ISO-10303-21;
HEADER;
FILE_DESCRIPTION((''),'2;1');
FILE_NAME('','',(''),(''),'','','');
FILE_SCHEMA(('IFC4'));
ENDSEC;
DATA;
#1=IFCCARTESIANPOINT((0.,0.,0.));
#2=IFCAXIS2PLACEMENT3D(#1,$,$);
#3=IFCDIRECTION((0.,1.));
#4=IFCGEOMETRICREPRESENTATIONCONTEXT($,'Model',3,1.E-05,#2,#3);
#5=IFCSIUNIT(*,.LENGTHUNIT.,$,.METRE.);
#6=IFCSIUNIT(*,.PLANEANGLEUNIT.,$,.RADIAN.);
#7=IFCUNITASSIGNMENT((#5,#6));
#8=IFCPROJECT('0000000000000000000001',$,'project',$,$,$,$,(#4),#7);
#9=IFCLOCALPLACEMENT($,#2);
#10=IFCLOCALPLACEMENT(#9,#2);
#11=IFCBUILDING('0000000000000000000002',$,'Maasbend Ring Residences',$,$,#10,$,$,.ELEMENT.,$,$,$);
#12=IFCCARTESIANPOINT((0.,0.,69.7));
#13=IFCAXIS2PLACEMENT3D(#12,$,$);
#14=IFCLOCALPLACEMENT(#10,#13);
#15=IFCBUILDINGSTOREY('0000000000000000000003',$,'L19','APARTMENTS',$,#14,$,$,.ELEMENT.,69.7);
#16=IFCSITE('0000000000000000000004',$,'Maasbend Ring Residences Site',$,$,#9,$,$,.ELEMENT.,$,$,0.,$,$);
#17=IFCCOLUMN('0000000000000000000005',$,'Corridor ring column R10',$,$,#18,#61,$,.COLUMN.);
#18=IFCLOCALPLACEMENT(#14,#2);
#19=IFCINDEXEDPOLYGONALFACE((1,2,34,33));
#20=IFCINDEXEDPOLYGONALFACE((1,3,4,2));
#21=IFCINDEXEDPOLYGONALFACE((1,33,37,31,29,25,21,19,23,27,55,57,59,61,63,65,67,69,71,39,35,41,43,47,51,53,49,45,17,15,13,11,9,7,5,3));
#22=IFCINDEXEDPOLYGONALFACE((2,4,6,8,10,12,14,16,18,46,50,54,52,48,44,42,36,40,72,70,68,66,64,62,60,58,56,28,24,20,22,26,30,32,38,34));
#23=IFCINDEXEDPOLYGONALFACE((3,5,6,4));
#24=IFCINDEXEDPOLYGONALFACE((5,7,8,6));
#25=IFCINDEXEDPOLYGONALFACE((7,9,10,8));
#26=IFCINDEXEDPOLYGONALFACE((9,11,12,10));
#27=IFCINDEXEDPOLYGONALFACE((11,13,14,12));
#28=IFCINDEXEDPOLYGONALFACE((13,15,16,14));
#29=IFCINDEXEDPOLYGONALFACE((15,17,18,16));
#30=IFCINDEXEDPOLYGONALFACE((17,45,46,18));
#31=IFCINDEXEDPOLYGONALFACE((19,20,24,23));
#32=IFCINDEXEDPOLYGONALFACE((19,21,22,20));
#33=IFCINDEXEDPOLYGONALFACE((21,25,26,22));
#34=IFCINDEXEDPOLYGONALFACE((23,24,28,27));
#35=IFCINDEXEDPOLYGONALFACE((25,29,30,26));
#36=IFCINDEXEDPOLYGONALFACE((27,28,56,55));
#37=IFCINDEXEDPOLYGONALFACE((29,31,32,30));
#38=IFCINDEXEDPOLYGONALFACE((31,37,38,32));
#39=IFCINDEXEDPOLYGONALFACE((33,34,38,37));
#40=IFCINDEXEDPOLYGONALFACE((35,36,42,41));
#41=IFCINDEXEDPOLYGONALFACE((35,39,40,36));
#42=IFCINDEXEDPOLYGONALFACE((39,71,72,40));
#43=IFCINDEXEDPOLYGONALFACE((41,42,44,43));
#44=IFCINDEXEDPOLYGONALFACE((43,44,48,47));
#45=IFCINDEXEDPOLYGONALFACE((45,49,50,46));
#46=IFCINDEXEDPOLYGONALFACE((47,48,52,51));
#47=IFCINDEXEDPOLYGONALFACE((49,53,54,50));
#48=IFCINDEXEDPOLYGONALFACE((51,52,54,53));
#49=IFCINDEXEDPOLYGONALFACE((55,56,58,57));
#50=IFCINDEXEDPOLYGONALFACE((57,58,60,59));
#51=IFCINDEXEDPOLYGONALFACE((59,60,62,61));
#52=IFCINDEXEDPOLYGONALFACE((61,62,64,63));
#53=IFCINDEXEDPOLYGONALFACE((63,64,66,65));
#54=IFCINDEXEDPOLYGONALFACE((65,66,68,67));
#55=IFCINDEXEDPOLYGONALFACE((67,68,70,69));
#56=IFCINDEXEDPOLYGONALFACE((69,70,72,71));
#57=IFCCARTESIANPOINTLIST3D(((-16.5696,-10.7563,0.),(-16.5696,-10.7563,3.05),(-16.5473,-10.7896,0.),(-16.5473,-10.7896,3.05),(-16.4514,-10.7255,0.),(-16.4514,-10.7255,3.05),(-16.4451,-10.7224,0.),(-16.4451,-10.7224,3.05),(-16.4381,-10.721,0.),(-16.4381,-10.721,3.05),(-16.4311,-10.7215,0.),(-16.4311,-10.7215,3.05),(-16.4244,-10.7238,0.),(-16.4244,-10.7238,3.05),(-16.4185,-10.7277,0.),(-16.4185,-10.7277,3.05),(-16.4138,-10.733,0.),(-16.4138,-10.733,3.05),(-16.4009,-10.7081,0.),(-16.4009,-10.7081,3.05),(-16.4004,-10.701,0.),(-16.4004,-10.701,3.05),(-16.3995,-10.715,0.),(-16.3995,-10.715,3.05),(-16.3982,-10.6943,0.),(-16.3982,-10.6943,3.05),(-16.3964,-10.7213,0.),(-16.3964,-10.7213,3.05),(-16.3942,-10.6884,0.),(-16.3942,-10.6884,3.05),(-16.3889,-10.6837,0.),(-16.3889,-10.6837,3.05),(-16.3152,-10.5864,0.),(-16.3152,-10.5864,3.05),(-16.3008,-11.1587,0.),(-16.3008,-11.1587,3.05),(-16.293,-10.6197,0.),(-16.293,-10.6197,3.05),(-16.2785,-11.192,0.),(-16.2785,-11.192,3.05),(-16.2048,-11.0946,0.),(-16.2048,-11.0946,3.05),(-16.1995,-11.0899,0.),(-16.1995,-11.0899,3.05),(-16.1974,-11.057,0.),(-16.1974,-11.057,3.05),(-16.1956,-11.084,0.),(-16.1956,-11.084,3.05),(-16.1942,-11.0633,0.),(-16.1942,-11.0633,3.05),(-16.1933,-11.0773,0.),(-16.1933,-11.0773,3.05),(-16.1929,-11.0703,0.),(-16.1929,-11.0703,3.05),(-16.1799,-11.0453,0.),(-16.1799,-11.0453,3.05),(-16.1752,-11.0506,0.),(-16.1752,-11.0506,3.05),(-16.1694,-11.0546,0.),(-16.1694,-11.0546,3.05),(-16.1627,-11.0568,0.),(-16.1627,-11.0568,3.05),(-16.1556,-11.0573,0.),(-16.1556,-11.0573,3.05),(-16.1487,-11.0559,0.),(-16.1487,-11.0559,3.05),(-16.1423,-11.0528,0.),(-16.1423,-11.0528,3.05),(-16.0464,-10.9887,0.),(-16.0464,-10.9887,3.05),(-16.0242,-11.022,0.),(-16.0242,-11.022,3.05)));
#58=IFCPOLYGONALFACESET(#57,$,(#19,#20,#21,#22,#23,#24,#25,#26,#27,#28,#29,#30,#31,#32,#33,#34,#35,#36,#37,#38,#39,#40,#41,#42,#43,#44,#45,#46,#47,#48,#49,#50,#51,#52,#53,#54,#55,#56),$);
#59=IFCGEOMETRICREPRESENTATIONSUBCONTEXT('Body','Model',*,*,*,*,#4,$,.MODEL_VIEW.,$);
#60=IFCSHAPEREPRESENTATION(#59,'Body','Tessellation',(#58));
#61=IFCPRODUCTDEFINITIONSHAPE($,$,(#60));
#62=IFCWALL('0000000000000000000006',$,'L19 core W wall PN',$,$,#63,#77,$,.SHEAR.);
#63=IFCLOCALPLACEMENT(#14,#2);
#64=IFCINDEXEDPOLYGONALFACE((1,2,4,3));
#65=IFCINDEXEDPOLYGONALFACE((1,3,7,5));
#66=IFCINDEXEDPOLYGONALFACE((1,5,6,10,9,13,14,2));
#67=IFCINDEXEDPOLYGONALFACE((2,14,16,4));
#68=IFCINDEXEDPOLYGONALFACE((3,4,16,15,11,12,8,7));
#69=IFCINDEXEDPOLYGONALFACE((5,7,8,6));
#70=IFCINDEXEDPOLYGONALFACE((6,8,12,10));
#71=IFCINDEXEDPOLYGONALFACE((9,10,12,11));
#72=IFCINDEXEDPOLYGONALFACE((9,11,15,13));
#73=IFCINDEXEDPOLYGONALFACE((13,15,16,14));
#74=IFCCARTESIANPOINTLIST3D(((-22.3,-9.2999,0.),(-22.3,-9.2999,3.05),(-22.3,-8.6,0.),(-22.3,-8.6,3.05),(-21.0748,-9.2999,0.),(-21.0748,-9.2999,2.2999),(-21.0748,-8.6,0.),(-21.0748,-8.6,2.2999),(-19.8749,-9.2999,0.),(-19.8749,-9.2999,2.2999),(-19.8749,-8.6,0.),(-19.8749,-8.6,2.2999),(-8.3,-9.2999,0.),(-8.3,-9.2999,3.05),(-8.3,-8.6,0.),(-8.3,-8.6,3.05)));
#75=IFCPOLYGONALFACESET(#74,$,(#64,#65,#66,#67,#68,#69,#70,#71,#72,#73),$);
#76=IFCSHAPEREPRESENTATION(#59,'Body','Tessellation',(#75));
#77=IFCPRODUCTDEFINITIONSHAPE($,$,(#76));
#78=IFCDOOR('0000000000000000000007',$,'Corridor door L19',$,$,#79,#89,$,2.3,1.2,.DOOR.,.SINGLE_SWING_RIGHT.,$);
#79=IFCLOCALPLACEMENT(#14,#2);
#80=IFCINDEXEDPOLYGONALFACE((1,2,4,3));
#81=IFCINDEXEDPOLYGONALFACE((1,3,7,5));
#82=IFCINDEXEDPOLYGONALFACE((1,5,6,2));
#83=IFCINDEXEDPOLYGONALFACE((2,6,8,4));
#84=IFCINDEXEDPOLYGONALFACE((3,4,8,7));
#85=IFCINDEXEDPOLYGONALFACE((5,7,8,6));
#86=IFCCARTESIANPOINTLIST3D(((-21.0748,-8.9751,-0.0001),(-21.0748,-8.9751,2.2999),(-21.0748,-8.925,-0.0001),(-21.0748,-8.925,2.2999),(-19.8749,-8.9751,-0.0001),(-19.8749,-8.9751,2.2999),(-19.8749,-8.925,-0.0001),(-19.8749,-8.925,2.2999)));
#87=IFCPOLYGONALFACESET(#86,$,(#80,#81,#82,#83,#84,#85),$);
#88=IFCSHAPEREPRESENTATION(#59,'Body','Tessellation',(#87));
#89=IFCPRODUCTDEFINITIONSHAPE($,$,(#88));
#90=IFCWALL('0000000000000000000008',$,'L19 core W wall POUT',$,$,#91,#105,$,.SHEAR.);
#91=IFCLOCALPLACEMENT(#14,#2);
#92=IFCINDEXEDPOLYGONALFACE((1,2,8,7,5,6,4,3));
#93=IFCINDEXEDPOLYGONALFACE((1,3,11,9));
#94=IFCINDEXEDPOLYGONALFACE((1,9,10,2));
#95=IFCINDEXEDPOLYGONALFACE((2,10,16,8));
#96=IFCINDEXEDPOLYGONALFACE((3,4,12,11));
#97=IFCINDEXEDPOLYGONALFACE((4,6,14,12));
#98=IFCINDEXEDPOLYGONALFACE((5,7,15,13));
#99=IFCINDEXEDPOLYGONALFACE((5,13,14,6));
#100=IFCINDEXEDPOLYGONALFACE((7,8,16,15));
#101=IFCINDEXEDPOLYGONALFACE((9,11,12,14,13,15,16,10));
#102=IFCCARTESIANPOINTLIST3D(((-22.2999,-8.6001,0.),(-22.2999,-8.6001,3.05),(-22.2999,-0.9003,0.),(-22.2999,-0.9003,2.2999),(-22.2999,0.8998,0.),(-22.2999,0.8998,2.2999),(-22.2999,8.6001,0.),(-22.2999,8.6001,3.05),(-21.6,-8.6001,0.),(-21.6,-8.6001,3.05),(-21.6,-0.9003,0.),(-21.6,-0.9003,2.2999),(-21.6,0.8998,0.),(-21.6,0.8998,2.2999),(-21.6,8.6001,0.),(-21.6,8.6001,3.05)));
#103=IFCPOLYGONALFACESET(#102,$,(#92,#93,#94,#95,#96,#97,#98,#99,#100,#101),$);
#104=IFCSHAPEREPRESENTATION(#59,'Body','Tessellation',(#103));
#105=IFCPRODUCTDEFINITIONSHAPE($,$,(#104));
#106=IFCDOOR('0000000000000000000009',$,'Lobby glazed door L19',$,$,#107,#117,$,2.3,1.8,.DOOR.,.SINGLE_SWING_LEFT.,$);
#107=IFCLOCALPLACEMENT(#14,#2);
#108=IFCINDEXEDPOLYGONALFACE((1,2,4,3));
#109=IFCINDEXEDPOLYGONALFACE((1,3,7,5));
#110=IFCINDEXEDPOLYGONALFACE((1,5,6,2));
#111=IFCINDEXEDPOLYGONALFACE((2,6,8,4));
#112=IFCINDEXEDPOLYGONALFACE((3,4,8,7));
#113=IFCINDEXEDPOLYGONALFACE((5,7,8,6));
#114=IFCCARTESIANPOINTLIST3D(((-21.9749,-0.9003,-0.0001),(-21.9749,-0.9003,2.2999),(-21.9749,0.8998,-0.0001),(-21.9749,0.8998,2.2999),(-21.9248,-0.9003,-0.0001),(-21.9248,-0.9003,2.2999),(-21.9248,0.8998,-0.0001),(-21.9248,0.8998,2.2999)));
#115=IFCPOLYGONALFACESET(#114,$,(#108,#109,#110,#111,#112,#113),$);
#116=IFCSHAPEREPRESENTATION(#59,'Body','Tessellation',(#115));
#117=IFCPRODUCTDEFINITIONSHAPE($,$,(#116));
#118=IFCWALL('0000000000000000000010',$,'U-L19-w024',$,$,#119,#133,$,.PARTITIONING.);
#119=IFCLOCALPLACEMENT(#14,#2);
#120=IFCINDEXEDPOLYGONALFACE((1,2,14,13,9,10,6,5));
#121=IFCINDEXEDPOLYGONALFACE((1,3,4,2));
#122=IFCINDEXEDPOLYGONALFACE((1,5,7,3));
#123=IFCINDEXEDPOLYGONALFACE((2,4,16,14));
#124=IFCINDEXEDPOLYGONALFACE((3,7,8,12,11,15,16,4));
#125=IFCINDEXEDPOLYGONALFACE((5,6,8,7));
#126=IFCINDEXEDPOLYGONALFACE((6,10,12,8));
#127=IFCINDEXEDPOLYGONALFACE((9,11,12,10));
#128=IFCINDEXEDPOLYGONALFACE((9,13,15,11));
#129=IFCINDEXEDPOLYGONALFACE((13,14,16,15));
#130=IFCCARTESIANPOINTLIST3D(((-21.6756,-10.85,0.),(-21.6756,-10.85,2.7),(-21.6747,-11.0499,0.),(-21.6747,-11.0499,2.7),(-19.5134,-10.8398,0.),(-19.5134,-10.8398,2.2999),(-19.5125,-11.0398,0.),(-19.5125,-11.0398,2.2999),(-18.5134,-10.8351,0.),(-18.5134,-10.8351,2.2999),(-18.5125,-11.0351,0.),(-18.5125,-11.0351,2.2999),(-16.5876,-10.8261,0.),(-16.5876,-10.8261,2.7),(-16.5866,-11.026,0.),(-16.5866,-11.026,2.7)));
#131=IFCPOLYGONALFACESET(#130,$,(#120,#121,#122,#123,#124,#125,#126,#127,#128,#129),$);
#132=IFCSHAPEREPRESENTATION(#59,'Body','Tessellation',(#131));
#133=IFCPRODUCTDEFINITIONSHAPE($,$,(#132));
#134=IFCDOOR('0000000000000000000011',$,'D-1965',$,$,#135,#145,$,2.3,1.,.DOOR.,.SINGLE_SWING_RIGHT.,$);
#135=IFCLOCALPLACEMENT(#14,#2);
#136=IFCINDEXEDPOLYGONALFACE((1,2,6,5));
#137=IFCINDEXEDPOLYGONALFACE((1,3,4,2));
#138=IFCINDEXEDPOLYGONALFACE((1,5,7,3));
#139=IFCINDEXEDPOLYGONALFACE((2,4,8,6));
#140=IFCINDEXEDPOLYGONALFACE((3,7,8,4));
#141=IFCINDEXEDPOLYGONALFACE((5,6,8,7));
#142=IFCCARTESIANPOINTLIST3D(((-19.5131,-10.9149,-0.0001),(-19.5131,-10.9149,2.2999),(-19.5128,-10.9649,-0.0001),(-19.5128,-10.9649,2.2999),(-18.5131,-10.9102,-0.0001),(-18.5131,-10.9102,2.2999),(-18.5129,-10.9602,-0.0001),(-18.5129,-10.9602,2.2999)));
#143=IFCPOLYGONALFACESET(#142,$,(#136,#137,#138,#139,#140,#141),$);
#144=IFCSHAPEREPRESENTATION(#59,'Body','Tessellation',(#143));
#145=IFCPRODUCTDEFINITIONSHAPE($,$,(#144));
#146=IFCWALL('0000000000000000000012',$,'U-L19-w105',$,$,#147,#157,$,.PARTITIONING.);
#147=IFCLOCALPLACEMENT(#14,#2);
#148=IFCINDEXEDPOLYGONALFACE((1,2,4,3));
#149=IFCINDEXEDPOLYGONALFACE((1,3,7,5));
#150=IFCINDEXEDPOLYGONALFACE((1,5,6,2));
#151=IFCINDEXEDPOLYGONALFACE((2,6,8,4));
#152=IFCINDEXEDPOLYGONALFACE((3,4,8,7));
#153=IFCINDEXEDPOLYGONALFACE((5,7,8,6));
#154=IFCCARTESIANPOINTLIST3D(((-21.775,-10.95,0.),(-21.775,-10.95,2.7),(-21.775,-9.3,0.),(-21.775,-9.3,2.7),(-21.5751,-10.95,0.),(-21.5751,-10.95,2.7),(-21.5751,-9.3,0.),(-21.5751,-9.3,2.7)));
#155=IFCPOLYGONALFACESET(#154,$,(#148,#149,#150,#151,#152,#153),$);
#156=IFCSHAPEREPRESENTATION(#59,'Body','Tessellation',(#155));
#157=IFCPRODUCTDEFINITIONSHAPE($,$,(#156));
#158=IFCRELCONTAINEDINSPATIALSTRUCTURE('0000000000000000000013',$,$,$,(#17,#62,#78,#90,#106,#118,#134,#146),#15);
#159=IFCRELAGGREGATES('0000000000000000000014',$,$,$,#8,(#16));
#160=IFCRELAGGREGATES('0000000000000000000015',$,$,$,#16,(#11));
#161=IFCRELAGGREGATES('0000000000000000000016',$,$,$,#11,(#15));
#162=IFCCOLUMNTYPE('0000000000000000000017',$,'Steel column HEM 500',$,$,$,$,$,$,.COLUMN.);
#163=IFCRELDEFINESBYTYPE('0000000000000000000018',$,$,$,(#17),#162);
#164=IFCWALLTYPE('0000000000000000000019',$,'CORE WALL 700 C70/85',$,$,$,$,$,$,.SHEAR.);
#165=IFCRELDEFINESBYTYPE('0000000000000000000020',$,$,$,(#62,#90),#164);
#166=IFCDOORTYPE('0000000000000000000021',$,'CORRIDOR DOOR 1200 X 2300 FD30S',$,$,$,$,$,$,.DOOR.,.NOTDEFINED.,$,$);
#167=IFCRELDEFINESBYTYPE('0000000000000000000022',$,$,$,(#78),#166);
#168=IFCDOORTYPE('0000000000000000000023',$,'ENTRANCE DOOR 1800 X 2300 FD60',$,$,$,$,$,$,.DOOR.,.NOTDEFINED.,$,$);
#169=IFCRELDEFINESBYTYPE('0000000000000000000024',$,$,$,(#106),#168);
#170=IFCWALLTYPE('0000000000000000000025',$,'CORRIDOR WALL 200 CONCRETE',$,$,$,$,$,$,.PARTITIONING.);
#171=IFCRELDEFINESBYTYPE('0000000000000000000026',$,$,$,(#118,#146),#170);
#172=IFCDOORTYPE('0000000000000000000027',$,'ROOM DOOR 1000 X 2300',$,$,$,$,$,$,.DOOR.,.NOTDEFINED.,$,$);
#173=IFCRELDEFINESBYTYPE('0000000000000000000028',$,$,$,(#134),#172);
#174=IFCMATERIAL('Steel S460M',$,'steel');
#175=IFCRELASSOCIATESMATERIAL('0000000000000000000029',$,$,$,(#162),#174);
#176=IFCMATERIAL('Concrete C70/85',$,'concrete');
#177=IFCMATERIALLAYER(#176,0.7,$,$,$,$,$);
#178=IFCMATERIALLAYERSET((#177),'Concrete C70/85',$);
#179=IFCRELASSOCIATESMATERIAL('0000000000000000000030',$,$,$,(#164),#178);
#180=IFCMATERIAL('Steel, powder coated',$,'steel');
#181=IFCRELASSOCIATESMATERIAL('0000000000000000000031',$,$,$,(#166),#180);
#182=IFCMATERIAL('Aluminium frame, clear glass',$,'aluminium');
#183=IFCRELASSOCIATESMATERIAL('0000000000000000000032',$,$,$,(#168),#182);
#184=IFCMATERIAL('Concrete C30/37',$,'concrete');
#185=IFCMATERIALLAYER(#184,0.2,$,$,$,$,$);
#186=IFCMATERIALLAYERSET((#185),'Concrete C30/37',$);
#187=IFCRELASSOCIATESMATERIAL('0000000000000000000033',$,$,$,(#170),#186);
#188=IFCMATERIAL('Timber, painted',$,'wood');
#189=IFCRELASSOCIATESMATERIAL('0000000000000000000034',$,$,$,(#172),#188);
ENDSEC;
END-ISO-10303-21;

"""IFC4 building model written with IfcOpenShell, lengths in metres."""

from ifc_helpers import new_model, si_unit, direction, frame, frame_2d, origin, origin_2d, place, context, subcontext, project, spatial, rectangle, i_section, extrude, material, layer, layer_set, material_profile, profile_set, type_object, element, fill, save


model = new_model("IFC4")

# Units and contexts
model_context = context("Model", 3, precision=1e-05, world=origin(), true_north=direction((0.0, 1.0)))
body_context = subcontext(model_context, "Body", "Model", "MODEL_VIEW")
ifc_project = project(units=[si_unit("LENGTHUNIT", "METRE"), si_unit("PLANEANGLEUNIT", "RADIAN")], contexts=[model_context])

# Site, building, storey
site_placement = place(None, origin())
site = spatial("IfcSite", under=ifc_project, at=site_placement, Name="Maasbend Ring Residences Site", CompositionType="ELEMENT", RefElevation=0.0)
building_placement = place(site_placement, origin())
building = spatial("IfcBuilding", under=site, at=building_placement, Name="Maasbend Ring Residences", CompositionType="ELEMENT")
storey_placement = place(building_placement, frame((0.0, 0.0, 69.7)))
storey = spatial("IfcBuildingStorey", under=building, at=storey_placement, Name="L19", Description="APARTMENTS", CompositionType="ELEMENT", Elevation=69.7)

# Column
ifc_material_1 = material(Name="Steel S460M", Category="steel")
ifc_material_profile = material_profile(ifc_material_1, i_section(OverallWidth=0.3059, OverallDepth=0.5239, WebThickness=0.021, FlangeThickness=0.04, FilletRadius=0.0271, at=origin_2d()), Name="HEM 500")
ifc_profile_set = profile_set([ifc_material_profile], Name="Steel S460M")
column_type = type_object("IfcColumnType", Name="Steel column HEM 500", PredefinedType="COLUMN", material=ifc_profile_set)
column_placement = place(storey_placement, frame((-16.2969, -10.8892, 0.0), z_axis=(0.0, 0.0, 1.0), x_axis=(-0.83147, -0.55557, 0.0)))
element("IfcColumn", 1, at=column_placement, inside=storey, type_object=column_type, Name="Corridor ring column R10", PredefinedType="COLUMN", context=body_context, shape_type="SweptSolid", body=[
    extrude(i_section(OverallWidth=0.3059, OverallDepth=0.5239, WebThickness=0.021, FlangeThickness=0.04, FilletRadius=0.0271, at=origin_2d()), origin(), (0.0, 0.0, 1.0), 3.05),
])

# Walls, openings, doors
ifc_material_2 = material(Name="Concrete C70/85", Category="concrete")
ifc_layer_1 = layer(ifc_material_2, 0.7)
ifc_layer_set_1 = layer_set([ifc_layer_1], Name="Concrete C70/85")
wall_type_1 = type_object("IfcWallType", Name="CORE WALL 700 C70/85", PredefinedType="SHEAR", material=ifc_layer_set_1)
wall_1_placement = place(storey_placement, frame((-22.3, -8.95, 0.0), z_axis=(0.0, 0.0, 1.0), x_axis=(1.0, 0.0, 0.0)))
wall_1 = element("IfcWall", 2, at=wall_1_placement, inside=storey, type_object=wall_type_1, Name="L19 core W wall PN", PredefinedType="SHEAR", context=body_context, shape_type="SweptSolid", body=[
    extrude(rectangle(XDim=14.0, YDim=0.7, at=frame_2d((7.0, 0.0))), origin(), (0.0, 0.0, 1.0), 3.05),
])
opening_1_placement = place(wall_1_placement, frame((1.2251, 0.0, 0.0)))
opening_1 = element("IfcOpeningElement", 3, at=opening_1_placement, cuts=wall_1, PredefinedType="OPENING", context=body_context, shape_type="SweptSolid", body=[
    extrude(rectangle(XDim=1.2, YDim=2.3, at=frame_2d((0.6001, 1.1499))), frame((0.0, 0.3599, 0.0), z_axis=(0.0, -1.0, 0.0), x_axis=(1.0, 0.0, 0.0)), (0.0, 0.0, 1.0), 0.72),
])
ifc_material_3 = material(Name="Steel, powder coated", Category="steel")
door_type_1 = type_object("IfcDoorType", Name="CORRIDOR DOOR 1200 X 2300 FD30S", OperationType="NOTDEFINED", PredefinedType="DOOR", material=ifc_material_3)
door_1_placement = place(opening_1_placement, origin())
door_1 = element("IfcDoor", 4, at=door_1_placement, inside=storey, type_object=door_type_1, Name="Corridor door L19", OperationType="SINGLE_SWING_RIGHT", OverallHeight=2.3, OverallWidth=1.2, PredefinedType="DOOR", context=body_context, shape_type="SweptSolid", body=[
    extrude(rectangle(XDim=1.2, YDim=2.3, at=frame_2d((0.6001, 1.1499))), frame((0.0, 0.0249, 0.0), z_axis=(0.0, -1.0, 0.0), x_axis=(1.0, 0.0, 0.0)), (0.0, 0.0, 1.0), 0.05),
])
fill(opening_1, door_1)
wall_2_placement = place(storey_placement, frame((-21.95, -8.6001, 0.0), z_axis=(0.0, 0.0, 1.0), x_axis=(0.0, 1.0, 0.0)))
wall_2 = element("IfcWall", 5, at=wall_2_placement, inside=storey, type_object=wall_type_1, Name="L19 core W wall POUT", PredefinedType="SHEAR", context=body_context, shape_type="SweptSolid", body=[
    extrude(rectangle(XDim=17.2002, YDim=0.7, at=frame_2d((8.6001, 0.0))), origin(), (0.0, 0.0, 1.0), 3.05),
])
opening_2_placement = place(wall_2_placement, frame((7.7, 0.0, 0.0)))
opening_2 = element("IfcOpeningElement", 6, at=opening_2_placement, cuts=wall_2, PredefinedType="OPENING", context=body_context, shape_type="SweptSolid", body=[
    extrude(rectangle(XDim=1.8, YDim=2.3, at=frame_2d((0.8999, 1.1499))), frame((0.0, 0.3599, 0.0), z_axis=(0.0, -1.0, 0.0), x_axis=(1.0, 0.0, 0.0)), (0.0, 0.0, 1.0), 0.72),
])
ifc_material_4 = material(Name="Aluminium frame, clear glass", Category="aluminium")
door_type_2 = type_object("IfcDoorType", Name="ENTRANCE DOOR 1800 X 2300 FD60", OperationType="NOTDEFINED", PredefinedType="DOOR", material=ifc_material_4)
door_2_placement = place(opening_2_placement, origin())
door_2 = element("IfcDoor", 7, at=door_2_placement, inside=storey, type_object=door_type_2, Name="Lobby glazed door L19", OperationType="SINGLE_SWING_LEFT", OverallHeight=2.3, OverallWidth=1.8, PredefinedType="DOOR", context=body_context, shape_type="SweptSolid", body=[
    extrude(rectangle(XDim=1.8, YDim=2.3, at=frame_2d((0.8999, 1.1499))), frame((0.0, 0.0249, 0.0), z_axis=(0.0, -1.0, 0.0), x_axis=(1.0, 0.0, 0.0)), (0.0, 0.0, 1.0), 0.05),
])
fill(opening_2, door_2)
ifc_material_5 = material(Name="Concrete C30/37", Category="concrete")
ifc_layer_2 = layer(ifc_material_5, 0.2)
ifc_layer_set_2 = layer_set([ifc_layer_2], Name="Concrete C30/37")
wall_type_2 = type_object("IfcWallType", Name="CORRIDOR WALL 200 CONCRETE", PredefinedType="PARTITIONING", material=ifc_layer_set_2)
wall_3_placement = place(storey_placement, frame((-21.675, -10.95, 0.0), z_axis=(0.0, 0.0, 1.0), x_axis=(0.999989, 0.004702, 0.0)))
wall_3 = element("IfcWall", 8, at=wall_3_placement, inside=storey, type_object=wall_type_2, Name="U-L19-w024", PredefinedType="PARTITIONING", context=body_context, shape_type="SweptSolid", body=[
    extrude(rectangle(XDim=5.0881, YDim=0.2, at=frame_2d((2.5439, 0.0))), origin(), (0.0, 0.0, 1.0), 2.7),
])
opening_3_placement = place(wall_3_placement, frame((2.1621, 0.0, 0.0)))
opening_3 = element("IfcOpeningElement", 9, at=opening_3_placement, cuts=wall_3, PredefinedType="OPENING", context=body_context, shape_type="SweptSolid", body=[
    extrude(rectangle(XDim=1.0, YDim=2.3, at=frame_2d((0.5, 1.1499))), frame((0.0, 0.1099, 0.0), z_axis=(0.0, -1.0, 0.0), x_axis=(1.0, 0.0, 0.0)), (0.0, 0.0, 1.0), 0.22),
])
ifc_material_6 = material(Name="Timber, painted", Category="wood")
door_type_3 = type_object("IfcDoorType", Name="ROOM DOOR 1000 X 2300", OperationType="NOTDEFINED", PredefinedType="DOOR", material=ifc_material_6)
door_3_placement = place(opening_3_placement, origin())
door_3 = element("IfcDoor", 10, at=door_3_placement, inside=storey, type_object=door_type_3, Name="D-1965", OperationType="SINGLE_SWING_RIGHT", OverallHeight=2.3, OverallWidth=1.0, PredefinedType="DOOR", context=body_context, shape_type="SweptSolid", body=[
    extrude(rectangle(XDim=1.0, YDim=2.3, at=frame_2d((0.5, 1.1499))), frame((0.0, 0.0249, 0.0), z_axis=(0.0, -1.0, 0.0), x_axis=(1.0, 0.0, 0.0)), (0.0, 0.0, 1.0), 0.05),
])
fill(opening_3, door_3)

# Wall
wall_4_placement = place(storey_placement, frame((-21.675, -10.95, 0.0), z_axis=(0.0, 0.0, 1.0), x_axis=(0.0, 1.0, 0.0)))
element("IfcWall", 11, at=wall_4_placement, inside=storey, type_object=wall_type_2, Name="U-L19-w105", PredefinedType="PARTITIONING", context=body_context, shape_type="SweptSolid", body=[
    extrude(rectangle(XDim=1.6499, YDim=0.2, at=frame_2d((0.825, 0.0))), origin(), (0.0, 0.0, 1.0), 2.7),
])

save(model, "model.ifc")
